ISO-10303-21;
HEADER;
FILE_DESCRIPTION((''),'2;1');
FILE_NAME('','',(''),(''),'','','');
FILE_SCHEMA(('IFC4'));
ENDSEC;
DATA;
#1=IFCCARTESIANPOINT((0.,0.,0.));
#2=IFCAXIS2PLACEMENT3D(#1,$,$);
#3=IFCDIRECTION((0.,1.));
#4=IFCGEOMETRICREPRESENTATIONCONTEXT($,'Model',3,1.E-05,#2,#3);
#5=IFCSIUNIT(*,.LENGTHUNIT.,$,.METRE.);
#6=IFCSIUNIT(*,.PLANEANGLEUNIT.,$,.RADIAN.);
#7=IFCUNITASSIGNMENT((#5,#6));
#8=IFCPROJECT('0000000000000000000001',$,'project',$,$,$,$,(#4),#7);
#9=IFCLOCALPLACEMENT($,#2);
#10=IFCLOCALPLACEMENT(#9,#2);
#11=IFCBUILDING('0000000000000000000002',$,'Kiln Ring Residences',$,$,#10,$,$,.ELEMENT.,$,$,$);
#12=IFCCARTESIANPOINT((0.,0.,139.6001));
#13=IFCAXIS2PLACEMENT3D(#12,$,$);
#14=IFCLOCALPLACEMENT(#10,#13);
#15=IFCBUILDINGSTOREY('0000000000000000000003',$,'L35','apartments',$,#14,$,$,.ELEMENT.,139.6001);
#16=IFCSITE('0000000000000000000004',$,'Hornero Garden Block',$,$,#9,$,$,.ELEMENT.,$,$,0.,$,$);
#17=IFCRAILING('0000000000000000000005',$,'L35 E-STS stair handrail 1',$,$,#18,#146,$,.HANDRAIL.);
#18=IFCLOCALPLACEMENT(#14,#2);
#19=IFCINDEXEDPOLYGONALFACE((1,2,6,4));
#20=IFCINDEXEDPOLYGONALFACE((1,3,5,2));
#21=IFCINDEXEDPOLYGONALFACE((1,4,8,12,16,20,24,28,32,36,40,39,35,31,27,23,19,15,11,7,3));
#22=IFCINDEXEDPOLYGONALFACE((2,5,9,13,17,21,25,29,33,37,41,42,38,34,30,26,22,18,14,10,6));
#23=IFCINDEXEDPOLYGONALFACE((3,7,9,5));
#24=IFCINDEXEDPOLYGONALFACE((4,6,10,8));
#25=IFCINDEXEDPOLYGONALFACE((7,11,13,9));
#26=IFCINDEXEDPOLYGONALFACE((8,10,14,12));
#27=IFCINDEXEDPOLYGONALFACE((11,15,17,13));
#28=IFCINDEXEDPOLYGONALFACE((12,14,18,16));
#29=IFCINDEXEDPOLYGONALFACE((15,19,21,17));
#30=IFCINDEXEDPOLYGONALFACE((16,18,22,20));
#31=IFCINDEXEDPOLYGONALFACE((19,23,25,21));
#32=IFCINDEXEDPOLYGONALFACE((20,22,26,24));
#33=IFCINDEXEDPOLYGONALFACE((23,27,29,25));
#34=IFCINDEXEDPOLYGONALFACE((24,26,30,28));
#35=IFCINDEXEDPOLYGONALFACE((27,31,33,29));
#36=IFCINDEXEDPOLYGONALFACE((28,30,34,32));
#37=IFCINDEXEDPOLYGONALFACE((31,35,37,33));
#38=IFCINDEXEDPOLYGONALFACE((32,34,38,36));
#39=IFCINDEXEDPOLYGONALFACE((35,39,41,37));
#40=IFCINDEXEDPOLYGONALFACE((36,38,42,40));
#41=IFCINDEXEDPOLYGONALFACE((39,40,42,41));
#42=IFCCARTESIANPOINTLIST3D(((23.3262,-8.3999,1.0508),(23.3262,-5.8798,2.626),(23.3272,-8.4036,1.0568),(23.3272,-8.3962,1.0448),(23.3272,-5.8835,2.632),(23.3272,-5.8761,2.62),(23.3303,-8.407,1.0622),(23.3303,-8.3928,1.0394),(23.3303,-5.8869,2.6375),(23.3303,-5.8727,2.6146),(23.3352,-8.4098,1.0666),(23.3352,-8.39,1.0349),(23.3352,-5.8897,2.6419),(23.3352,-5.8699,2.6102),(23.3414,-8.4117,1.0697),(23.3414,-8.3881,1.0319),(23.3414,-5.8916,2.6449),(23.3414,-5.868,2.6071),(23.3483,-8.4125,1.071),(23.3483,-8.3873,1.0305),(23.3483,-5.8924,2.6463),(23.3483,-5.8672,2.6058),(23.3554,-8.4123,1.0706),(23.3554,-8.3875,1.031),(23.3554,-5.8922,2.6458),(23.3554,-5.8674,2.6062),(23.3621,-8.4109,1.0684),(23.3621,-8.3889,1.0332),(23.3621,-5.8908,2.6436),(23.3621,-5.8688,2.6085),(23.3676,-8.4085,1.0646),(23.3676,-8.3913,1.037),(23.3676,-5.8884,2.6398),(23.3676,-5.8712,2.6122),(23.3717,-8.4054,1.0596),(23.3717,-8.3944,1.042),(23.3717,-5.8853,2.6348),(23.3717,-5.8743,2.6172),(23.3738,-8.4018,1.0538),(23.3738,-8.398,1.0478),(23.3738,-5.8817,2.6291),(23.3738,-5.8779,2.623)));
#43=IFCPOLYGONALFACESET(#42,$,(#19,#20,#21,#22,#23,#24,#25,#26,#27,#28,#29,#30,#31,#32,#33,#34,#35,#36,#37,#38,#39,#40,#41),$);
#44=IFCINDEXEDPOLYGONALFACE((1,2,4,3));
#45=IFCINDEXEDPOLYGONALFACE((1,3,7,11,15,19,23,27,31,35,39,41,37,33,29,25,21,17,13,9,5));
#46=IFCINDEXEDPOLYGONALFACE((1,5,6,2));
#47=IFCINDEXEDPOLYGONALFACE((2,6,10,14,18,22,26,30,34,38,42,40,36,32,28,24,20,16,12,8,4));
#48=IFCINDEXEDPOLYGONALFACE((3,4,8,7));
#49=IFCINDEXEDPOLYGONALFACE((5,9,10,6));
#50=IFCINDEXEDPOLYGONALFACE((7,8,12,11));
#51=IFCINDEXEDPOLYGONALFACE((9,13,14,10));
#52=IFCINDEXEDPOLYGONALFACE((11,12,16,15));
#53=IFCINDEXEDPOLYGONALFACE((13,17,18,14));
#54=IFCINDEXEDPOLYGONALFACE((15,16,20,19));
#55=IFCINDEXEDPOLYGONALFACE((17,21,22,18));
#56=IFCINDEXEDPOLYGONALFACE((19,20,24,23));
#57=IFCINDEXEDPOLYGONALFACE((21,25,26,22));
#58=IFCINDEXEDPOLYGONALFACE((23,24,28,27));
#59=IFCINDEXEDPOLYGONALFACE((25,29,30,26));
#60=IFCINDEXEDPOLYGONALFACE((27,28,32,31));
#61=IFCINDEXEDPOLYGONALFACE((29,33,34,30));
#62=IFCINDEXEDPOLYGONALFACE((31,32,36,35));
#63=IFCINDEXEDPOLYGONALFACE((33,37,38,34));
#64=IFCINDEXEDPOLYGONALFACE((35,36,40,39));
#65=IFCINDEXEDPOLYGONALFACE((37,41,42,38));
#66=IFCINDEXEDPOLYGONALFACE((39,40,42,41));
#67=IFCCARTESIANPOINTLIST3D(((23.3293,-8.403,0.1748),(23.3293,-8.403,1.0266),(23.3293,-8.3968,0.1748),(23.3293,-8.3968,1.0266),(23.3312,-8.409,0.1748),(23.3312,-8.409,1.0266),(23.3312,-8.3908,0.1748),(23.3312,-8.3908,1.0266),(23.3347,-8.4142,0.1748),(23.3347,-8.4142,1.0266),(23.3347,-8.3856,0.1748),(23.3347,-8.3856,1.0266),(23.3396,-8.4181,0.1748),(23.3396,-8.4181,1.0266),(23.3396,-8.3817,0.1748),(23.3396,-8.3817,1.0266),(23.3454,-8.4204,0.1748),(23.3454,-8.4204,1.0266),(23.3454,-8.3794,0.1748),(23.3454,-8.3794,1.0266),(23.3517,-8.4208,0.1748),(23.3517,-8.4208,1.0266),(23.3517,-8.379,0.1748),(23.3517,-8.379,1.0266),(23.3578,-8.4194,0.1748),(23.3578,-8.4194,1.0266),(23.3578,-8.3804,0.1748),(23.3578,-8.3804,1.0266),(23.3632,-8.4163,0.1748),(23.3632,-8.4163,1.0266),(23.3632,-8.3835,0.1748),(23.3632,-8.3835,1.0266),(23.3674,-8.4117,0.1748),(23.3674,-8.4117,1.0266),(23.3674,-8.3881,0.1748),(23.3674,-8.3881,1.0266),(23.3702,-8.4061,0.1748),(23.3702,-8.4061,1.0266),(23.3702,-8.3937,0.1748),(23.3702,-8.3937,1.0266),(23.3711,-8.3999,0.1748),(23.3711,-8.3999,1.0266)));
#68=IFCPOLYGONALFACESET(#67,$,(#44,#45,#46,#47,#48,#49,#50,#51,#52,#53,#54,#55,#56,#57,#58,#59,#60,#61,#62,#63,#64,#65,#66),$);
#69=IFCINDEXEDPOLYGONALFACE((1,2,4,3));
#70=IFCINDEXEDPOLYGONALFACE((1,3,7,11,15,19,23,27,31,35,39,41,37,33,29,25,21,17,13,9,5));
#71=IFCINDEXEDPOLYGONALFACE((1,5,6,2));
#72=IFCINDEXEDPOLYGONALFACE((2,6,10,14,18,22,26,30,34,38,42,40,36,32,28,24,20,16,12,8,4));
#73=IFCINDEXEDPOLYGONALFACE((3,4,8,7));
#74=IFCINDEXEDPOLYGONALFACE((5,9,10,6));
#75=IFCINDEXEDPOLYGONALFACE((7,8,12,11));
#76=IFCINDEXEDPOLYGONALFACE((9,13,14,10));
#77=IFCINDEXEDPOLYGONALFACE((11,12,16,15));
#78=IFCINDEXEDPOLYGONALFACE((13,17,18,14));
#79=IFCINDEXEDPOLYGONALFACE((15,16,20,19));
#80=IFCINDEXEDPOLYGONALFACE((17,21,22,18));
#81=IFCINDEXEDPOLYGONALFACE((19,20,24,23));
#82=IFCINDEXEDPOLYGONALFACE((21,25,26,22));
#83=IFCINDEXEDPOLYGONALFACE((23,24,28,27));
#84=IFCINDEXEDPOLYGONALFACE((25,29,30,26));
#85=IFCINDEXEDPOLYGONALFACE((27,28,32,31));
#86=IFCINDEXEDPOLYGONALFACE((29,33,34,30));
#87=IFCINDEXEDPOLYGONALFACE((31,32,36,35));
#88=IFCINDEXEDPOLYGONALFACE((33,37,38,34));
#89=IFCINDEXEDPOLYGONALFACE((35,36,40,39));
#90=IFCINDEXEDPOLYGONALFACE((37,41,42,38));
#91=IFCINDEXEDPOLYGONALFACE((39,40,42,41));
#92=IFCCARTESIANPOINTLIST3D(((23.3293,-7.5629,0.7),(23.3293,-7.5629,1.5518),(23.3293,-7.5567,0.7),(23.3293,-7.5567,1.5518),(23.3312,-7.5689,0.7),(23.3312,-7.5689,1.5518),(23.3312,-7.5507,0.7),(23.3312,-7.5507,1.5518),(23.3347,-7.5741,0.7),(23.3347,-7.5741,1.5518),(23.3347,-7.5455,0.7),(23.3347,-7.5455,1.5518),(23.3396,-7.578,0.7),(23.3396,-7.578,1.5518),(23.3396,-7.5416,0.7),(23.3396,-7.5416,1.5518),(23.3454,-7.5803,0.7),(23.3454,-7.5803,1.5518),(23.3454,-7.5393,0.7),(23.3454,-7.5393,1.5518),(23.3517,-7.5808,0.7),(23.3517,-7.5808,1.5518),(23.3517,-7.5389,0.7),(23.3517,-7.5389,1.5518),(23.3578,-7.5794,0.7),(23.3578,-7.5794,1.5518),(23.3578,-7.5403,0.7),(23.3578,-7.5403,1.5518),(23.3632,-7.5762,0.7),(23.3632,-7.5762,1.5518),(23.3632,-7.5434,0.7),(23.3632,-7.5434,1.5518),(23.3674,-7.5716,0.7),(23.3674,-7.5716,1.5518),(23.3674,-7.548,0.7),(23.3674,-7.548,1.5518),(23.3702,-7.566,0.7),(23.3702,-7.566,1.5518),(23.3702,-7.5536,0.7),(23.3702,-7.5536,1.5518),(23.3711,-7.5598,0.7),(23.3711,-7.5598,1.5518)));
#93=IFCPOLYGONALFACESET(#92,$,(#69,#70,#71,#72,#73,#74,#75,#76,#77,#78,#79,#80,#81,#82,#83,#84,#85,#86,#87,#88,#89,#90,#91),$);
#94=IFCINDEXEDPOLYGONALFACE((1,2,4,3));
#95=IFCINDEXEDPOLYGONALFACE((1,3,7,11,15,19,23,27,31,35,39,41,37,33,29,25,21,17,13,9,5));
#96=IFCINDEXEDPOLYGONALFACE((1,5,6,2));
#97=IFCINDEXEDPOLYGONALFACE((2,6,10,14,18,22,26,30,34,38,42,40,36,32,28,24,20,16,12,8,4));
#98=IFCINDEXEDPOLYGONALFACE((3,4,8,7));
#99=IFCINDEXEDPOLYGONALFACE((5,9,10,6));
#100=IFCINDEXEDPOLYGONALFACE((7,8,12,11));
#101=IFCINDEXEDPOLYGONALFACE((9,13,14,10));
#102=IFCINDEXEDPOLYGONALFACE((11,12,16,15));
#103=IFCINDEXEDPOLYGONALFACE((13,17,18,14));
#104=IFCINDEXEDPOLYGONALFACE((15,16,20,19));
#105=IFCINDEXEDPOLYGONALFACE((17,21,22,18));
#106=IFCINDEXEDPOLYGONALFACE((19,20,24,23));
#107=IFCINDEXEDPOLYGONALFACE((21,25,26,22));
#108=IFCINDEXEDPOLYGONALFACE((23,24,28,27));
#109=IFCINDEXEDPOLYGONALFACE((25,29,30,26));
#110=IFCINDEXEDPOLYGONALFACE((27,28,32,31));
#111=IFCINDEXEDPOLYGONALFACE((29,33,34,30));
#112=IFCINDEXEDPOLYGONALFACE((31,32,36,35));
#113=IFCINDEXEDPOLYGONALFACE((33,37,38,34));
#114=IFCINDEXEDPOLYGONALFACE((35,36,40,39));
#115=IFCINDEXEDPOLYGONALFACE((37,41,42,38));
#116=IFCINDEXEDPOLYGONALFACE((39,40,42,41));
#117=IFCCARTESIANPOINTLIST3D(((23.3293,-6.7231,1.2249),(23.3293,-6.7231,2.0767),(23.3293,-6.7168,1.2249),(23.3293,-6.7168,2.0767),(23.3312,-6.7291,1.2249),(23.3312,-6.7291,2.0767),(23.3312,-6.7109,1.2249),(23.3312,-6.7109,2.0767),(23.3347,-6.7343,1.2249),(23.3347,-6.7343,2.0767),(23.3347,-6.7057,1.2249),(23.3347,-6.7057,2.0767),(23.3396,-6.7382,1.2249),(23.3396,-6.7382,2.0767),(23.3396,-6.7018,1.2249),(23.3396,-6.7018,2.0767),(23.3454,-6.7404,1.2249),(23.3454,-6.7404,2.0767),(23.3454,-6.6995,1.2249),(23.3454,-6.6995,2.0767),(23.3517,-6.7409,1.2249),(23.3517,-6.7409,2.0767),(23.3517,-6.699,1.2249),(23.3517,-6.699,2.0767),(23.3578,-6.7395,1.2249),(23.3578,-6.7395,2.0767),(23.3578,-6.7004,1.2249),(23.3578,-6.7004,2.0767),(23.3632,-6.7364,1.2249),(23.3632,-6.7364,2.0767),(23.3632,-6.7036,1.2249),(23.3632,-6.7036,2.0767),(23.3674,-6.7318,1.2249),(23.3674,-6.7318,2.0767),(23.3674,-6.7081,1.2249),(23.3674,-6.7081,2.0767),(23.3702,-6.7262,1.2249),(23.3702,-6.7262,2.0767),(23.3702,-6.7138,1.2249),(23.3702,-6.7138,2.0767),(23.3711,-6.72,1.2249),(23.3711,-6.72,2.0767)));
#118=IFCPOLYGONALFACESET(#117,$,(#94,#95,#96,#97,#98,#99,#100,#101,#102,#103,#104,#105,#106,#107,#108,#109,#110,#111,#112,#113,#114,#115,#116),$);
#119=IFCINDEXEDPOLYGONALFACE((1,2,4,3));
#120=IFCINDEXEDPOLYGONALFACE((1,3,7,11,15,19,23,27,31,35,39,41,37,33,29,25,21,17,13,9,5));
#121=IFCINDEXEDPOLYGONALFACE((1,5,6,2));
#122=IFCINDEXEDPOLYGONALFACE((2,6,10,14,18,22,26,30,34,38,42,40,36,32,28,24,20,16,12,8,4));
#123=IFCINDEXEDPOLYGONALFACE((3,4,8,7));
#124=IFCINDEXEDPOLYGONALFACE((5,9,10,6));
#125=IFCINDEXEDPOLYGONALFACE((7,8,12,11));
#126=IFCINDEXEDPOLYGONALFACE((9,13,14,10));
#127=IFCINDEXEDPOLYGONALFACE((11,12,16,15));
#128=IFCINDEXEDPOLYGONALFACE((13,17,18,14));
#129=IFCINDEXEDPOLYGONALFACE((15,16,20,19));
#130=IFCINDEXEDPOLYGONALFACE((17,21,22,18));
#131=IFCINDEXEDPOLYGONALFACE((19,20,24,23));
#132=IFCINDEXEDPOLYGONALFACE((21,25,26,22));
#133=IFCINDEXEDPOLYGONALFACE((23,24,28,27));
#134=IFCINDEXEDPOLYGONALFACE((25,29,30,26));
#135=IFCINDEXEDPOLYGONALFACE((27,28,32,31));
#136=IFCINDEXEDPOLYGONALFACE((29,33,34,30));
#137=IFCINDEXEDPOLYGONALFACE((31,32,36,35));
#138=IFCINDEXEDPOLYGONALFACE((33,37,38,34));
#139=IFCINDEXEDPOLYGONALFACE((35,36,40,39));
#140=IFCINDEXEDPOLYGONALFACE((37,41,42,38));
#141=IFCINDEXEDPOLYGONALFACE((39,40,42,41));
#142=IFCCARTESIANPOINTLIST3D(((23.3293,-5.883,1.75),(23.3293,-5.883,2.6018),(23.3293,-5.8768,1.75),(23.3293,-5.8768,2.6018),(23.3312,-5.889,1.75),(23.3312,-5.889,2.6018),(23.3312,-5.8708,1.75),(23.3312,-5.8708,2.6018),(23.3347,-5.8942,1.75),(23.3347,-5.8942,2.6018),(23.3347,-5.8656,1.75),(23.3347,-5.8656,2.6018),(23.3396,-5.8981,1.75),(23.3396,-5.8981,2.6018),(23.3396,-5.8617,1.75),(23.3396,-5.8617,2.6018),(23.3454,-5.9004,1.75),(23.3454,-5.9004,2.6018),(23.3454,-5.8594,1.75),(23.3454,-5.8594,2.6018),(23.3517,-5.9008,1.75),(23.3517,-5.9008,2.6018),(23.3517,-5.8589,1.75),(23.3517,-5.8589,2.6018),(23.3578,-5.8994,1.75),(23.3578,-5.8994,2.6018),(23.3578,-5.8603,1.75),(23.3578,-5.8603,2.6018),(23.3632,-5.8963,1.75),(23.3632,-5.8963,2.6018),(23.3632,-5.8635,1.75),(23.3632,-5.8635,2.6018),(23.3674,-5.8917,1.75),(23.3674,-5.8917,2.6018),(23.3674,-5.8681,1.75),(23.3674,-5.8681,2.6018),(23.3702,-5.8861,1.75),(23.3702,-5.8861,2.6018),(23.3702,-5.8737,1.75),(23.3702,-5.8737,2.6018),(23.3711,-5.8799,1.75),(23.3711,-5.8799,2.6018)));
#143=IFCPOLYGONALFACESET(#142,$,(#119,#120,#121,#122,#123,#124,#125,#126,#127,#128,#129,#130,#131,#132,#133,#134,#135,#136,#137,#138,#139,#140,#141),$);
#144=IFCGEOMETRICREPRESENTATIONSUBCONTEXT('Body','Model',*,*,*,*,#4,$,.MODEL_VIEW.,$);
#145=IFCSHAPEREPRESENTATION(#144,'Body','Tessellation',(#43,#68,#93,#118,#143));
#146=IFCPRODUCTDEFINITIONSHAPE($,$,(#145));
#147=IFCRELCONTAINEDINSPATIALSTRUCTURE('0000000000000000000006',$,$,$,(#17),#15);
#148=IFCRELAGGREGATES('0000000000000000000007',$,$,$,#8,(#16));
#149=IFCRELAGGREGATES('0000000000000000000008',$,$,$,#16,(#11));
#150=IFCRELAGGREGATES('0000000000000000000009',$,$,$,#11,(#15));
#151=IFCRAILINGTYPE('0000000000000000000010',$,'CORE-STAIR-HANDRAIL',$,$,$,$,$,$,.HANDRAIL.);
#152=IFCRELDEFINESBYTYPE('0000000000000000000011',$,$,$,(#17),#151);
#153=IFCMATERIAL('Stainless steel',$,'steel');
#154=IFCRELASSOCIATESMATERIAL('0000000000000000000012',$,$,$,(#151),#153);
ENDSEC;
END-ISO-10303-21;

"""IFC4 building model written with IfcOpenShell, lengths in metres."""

from ifc_helpers import new_model, si_unit, direction, frame, origin, origin_2d, place, context, subcontext, project, spatial, circle, extrude, material, type_object, element, save


model = new_model("IFC4")

# Units and contexts
model_context = context("Model", 3, precision=1e-05, world=origin(), true_north=direction((0.0, 1.0)))
body_context = subcontext(model_context, "Body", "Model", "MODEL_VIEW")
ifc_project = project(units=[si_unit("LENGTHUNIT", "METRE"), si_unit("PLANEANGLEUNIT", "RADIAN")], contexts=[model_context])

# Site, building, storey
site_placement = place(None, origin())
site = spatial("IfcSite", under=ifc_project, at=site_placement, Name="Hornero Garden Block", CompositionType="ELEMENT", RefElevation=0.0)
building_placement = place(site_placement, origin())
building = spatial("IfcBuilding", under=site, at=building_placement, Name="Kiln Ring Residences", CompositionType="ELEMENT")
storey_placement = place(building_placement, frame((0.0, 0.0, 139.6001)))
storey = spatial("IfcBuildingStorey", under=building, at=storey_placement, Name="L35", Description="apartments", CompositionType="ELEMENT", Elevation=139.6001)

# Railing
ifc_material_1 = material(Name="Stainless steel", Category="steel")
railing_type_1 = type_object("IfcRailingType", Name="CORE-STAIR-HANDRAIL", PredefinedType="HANDRAIL", material=ifc_material_1)
railing_1_placement = place(storey_placement, frame((23.3501, -8.3999, 0.1748)))
element("IfcRailing", 1, at=railing_1_placement, inside=storey, type_object=railing_type_1, Name="L35 E-STS stair handrail 1", PredefinedType="HANDRAIL", context=body_context, shape_type="SweptSolid", body=[
    extrude(circle(Radius=0.0239, at=origin_2d()), frame((0.0, 0.0, 0.876), z_axis=(0.0, 0.847971, 0.530043), x_axis=(-1.0, 0.0, 0.0)), (0.0, 0.0, 1.0), 2.9719),
    extrude(circle(Radius=0.021, at=origin_2d()), origin(), (0.0, 0.0, 1.0), 0.8518),
    extrude(circle(Radius=0.021, at=origin_2d()), frame((0.0, 0.8401, 0.5251)), (0.0, 0.0, 1.0), 0.8518),
    extrude(circle(Radius=0.021, at=origin_2d()), frame((0.0, 1.6799, 1.05)), (0.0, 0.0, 1.0), 0.8518),
    extrude(circle(Radius=0.021, at=origin_2d()), frame((0.0, 2.52, 1.5752)), (0.0, 0.0, 1.0), 0.8518),
])

save(model, "model.ifc")
